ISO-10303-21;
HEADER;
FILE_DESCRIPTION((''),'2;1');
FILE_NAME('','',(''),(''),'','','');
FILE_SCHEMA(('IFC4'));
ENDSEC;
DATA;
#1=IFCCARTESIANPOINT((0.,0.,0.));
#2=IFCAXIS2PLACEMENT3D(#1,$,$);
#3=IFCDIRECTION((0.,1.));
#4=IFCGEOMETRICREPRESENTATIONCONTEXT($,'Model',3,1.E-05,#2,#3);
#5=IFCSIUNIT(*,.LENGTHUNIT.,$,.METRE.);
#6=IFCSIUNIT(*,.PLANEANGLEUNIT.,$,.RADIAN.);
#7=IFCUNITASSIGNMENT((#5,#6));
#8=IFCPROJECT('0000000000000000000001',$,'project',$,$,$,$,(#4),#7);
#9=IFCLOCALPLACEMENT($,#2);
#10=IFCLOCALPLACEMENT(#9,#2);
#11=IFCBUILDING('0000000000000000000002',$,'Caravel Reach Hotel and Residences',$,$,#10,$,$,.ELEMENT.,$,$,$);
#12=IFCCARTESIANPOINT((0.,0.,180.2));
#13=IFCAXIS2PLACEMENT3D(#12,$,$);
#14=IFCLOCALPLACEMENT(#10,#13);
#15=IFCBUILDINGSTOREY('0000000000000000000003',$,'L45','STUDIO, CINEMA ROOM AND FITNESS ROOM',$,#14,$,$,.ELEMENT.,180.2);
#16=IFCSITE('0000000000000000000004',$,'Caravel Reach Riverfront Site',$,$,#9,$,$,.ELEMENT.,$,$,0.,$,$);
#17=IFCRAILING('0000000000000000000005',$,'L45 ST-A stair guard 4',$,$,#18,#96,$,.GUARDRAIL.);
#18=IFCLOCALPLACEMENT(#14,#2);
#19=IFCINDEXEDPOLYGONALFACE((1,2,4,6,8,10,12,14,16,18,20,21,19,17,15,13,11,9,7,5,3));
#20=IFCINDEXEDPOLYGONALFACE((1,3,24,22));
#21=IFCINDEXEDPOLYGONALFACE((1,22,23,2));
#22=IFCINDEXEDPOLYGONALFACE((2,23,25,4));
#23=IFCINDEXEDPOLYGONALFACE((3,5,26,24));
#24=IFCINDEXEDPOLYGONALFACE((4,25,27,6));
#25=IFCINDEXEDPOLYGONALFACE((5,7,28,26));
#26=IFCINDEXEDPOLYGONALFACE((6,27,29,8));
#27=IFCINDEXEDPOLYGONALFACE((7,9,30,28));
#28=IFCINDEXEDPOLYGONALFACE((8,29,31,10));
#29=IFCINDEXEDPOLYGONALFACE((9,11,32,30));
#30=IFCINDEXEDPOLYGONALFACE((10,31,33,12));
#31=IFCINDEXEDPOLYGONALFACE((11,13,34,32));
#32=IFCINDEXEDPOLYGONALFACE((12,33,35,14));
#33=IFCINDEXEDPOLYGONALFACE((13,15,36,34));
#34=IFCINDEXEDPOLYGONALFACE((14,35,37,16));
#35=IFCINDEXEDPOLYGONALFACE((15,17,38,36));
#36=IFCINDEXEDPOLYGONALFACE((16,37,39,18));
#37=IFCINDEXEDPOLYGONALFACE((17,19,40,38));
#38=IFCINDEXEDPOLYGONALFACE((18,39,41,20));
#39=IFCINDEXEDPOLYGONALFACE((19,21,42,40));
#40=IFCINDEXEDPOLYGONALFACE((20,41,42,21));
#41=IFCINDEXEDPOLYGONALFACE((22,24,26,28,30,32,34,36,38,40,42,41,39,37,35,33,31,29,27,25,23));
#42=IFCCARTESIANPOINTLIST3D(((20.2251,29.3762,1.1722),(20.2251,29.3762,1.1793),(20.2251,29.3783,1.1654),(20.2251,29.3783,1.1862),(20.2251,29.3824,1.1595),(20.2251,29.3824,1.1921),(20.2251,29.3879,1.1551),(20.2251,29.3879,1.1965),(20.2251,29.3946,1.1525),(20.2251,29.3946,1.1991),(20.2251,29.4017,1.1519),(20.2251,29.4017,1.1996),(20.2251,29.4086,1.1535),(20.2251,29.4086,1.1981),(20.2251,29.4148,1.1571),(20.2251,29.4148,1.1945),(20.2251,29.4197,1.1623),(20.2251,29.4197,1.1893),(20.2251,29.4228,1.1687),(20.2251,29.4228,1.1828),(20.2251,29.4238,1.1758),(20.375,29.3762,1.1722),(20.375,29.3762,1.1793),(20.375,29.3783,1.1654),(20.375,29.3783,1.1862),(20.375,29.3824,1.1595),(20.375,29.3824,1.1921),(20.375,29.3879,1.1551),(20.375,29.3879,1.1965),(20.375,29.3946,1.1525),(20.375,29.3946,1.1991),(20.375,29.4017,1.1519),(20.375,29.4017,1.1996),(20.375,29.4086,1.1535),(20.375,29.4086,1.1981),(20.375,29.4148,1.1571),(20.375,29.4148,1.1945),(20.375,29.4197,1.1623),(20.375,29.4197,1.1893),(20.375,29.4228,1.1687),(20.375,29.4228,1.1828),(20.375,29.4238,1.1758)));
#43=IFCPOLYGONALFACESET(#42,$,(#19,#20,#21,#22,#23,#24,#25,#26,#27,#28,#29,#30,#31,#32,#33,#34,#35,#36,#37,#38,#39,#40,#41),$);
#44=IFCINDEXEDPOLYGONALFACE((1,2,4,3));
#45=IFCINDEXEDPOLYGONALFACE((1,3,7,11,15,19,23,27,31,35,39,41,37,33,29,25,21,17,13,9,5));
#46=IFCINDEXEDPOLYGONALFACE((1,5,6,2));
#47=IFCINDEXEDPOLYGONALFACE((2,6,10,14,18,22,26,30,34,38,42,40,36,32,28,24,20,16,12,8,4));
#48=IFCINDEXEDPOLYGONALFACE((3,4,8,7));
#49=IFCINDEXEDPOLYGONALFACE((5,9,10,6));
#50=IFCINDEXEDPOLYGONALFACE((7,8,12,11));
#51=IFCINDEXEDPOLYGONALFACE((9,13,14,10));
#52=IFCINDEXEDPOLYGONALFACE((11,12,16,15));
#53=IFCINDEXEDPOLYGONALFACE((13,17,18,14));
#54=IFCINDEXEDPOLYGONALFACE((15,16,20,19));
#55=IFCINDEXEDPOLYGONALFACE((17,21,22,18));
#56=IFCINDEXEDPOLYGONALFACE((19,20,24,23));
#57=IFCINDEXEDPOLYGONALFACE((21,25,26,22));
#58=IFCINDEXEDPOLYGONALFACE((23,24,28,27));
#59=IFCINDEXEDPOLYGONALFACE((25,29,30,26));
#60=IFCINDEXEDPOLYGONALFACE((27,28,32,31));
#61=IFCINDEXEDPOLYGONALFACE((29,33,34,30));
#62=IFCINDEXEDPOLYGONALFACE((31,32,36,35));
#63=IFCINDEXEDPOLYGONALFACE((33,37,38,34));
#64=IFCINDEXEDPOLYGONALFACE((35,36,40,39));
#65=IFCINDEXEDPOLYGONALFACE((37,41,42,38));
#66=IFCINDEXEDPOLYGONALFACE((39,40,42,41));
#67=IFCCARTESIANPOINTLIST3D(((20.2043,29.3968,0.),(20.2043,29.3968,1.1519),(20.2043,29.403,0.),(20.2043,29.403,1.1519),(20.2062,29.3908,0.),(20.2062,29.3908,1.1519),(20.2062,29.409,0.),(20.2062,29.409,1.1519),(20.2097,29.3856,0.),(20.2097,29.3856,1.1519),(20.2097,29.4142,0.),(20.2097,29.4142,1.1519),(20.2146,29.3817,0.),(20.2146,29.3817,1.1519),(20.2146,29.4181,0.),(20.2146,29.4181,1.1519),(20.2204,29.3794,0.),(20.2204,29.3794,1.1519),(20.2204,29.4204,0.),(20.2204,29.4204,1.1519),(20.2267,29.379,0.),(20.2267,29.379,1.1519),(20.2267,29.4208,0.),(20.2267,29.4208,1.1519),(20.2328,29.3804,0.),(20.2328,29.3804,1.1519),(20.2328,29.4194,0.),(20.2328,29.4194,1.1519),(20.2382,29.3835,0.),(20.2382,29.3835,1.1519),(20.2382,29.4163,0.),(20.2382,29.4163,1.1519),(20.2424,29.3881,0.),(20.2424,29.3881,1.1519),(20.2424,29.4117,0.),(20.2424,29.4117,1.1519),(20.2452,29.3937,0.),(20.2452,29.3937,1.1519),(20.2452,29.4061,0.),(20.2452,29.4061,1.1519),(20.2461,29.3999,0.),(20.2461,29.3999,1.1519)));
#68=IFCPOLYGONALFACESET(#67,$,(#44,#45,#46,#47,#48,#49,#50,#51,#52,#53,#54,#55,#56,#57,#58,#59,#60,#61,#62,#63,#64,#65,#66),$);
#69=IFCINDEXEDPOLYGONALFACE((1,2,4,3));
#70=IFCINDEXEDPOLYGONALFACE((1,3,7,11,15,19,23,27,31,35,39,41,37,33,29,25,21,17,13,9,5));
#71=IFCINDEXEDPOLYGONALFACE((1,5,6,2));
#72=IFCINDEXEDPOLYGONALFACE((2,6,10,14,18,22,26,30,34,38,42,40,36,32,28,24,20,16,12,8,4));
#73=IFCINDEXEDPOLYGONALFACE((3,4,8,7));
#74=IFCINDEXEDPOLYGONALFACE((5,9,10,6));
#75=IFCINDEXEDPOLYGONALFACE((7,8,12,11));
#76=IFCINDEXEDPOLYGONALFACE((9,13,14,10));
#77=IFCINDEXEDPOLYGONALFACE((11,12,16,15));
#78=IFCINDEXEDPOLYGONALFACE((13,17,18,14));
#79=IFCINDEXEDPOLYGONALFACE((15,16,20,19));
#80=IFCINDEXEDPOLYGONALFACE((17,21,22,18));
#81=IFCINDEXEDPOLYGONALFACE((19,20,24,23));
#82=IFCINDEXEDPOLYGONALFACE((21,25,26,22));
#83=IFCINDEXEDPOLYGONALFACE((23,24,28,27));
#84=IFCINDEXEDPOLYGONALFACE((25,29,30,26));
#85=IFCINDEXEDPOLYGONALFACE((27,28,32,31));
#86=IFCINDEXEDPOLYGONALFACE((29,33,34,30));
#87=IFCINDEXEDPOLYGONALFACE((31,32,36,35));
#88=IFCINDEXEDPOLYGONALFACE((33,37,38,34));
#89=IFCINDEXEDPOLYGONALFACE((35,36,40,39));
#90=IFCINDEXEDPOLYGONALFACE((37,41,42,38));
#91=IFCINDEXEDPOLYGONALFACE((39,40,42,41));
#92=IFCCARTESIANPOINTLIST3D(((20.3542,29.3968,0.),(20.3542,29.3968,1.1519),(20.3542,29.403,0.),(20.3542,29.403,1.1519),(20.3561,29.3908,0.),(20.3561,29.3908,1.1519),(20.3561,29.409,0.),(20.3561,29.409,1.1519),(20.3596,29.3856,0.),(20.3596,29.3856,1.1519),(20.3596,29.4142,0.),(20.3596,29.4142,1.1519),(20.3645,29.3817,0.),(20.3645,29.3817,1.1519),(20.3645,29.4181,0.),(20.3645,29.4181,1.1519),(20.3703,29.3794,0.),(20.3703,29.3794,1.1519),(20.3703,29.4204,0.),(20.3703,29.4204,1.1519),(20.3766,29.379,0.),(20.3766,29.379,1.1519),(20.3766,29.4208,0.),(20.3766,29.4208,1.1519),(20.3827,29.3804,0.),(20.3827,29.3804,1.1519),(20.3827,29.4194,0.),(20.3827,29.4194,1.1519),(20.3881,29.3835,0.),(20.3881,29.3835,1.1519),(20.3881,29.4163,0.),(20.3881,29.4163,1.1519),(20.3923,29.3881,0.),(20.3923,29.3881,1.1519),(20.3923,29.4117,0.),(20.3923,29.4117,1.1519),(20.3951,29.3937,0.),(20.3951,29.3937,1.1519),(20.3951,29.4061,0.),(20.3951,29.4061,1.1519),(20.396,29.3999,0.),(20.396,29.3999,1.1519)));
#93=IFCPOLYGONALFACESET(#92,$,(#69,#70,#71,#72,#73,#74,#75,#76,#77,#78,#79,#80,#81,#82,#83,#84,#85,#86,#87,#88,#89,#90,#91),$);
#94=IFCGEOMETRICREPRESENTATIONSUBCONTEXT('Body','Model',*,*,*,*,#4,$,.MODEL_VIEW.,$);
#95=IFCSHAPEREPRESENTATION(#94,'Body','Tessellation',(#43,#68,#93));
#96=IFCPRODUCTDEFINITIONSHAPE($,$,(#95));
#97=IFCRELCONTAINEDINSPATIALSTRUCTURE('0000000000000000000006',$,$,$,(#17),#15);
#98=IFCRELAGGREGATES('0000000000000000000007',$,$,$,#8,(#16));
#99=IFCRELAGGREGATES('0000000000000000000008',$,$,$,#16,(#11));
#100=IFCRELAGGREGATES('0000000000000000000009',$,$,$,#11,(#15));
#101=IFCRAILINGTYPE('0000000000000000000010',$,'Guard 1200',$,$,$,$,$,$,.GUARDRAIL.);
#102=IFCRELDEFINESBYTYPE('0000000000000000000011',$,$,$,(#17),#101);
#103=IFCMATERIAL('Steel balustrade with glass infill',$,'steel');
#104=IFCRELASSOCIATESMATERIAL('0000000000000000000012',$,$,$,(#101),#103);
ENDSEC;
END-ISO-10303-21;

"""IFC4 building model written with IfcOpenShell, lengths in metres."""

from ifc_helpers import new_model, si_unit, direction, frame, origin, origin_2d, place, context, subcontext, project, spatial, circle, extrude, material, type_object, element, save


model = new_model("IFC4")

# Units and contexts
model_context = context("Model", 3, precision=1e-05, world=origin(), true_north=direction((0.0, 1.0)))
body_context = subcontext(model_context, "Body", "Model", "MODEL_VIEW")
ifc_project = project(units=[si_unit("LENGTHUNIT", "METRE"), si_unit("PLANEANGLEUNIT", "RADIAN")], contexts=[model_context])

# Site, building, storey
site_placement = place(None, origin())
site = spatial("IfcSite", under=ifc_project, at=site_placement, Name="Caravel Reach Riverfront Site", CompositionType="ELEMENT", RefElevation=0.0)
building_placement = place(site_placement, origin())
building = spatial("IfcBuilding", under=site, at=building_placement, Name="Caravel Reach Hotel and Residences", CompositionType="ELEMENT")
storey_placement = place(building_placement, frame((0.0, 0.0, 180.2)))
storey = spatial("IfcBuildingStorey", under=building, at=storey_placement, Name="L45", Description="STUDIO, CINEMA ROOM AND FITNESS ROOM", CompositionType="ELEMENT", Elevation=180.2)

# Railing
ifc_material_1 = material(Name="Steel balustrade with glass infill", Category="steel")
railing_type_1 = type_object("IfcRailingType", Name="Guard 1200", PredefinedType="GUARDRAIL", material=ifc_material_1)
railing_1_placement = place(storey_placement, frame((20.2251, 29.3999, 0.0)))
element("IfcRailing", 1, at=railing_1_placement, inside=storey, type_object=railing_type_1, Name="L45 ST-A stair guard 4", PredefinedType="GUARDRAIL", context=body_context, shape_type="SweptSolid", body=[
    extrude(circle(Radius=0.0239, at=origin_2d()), frame((0.0, 0.0, 1.1758), z_axis=(1.0, 0.0, 0.0), x_axis=(0.0, 1.0, 0.0)), (0.0, 0.0, 1.0), 0.1499),
    extrude(circle(Radius=0.021, at=origin_2d()), origin(), (0.0, 0.0, 1.0), 1.1519),
    extrude(circle(Radius=0.021, at=origin_2d()), frame((0.1499, 0.0, 0.0)), (0.0, 0.0, 1.0), 1.1519),
])

save(model, "model.ifc")
